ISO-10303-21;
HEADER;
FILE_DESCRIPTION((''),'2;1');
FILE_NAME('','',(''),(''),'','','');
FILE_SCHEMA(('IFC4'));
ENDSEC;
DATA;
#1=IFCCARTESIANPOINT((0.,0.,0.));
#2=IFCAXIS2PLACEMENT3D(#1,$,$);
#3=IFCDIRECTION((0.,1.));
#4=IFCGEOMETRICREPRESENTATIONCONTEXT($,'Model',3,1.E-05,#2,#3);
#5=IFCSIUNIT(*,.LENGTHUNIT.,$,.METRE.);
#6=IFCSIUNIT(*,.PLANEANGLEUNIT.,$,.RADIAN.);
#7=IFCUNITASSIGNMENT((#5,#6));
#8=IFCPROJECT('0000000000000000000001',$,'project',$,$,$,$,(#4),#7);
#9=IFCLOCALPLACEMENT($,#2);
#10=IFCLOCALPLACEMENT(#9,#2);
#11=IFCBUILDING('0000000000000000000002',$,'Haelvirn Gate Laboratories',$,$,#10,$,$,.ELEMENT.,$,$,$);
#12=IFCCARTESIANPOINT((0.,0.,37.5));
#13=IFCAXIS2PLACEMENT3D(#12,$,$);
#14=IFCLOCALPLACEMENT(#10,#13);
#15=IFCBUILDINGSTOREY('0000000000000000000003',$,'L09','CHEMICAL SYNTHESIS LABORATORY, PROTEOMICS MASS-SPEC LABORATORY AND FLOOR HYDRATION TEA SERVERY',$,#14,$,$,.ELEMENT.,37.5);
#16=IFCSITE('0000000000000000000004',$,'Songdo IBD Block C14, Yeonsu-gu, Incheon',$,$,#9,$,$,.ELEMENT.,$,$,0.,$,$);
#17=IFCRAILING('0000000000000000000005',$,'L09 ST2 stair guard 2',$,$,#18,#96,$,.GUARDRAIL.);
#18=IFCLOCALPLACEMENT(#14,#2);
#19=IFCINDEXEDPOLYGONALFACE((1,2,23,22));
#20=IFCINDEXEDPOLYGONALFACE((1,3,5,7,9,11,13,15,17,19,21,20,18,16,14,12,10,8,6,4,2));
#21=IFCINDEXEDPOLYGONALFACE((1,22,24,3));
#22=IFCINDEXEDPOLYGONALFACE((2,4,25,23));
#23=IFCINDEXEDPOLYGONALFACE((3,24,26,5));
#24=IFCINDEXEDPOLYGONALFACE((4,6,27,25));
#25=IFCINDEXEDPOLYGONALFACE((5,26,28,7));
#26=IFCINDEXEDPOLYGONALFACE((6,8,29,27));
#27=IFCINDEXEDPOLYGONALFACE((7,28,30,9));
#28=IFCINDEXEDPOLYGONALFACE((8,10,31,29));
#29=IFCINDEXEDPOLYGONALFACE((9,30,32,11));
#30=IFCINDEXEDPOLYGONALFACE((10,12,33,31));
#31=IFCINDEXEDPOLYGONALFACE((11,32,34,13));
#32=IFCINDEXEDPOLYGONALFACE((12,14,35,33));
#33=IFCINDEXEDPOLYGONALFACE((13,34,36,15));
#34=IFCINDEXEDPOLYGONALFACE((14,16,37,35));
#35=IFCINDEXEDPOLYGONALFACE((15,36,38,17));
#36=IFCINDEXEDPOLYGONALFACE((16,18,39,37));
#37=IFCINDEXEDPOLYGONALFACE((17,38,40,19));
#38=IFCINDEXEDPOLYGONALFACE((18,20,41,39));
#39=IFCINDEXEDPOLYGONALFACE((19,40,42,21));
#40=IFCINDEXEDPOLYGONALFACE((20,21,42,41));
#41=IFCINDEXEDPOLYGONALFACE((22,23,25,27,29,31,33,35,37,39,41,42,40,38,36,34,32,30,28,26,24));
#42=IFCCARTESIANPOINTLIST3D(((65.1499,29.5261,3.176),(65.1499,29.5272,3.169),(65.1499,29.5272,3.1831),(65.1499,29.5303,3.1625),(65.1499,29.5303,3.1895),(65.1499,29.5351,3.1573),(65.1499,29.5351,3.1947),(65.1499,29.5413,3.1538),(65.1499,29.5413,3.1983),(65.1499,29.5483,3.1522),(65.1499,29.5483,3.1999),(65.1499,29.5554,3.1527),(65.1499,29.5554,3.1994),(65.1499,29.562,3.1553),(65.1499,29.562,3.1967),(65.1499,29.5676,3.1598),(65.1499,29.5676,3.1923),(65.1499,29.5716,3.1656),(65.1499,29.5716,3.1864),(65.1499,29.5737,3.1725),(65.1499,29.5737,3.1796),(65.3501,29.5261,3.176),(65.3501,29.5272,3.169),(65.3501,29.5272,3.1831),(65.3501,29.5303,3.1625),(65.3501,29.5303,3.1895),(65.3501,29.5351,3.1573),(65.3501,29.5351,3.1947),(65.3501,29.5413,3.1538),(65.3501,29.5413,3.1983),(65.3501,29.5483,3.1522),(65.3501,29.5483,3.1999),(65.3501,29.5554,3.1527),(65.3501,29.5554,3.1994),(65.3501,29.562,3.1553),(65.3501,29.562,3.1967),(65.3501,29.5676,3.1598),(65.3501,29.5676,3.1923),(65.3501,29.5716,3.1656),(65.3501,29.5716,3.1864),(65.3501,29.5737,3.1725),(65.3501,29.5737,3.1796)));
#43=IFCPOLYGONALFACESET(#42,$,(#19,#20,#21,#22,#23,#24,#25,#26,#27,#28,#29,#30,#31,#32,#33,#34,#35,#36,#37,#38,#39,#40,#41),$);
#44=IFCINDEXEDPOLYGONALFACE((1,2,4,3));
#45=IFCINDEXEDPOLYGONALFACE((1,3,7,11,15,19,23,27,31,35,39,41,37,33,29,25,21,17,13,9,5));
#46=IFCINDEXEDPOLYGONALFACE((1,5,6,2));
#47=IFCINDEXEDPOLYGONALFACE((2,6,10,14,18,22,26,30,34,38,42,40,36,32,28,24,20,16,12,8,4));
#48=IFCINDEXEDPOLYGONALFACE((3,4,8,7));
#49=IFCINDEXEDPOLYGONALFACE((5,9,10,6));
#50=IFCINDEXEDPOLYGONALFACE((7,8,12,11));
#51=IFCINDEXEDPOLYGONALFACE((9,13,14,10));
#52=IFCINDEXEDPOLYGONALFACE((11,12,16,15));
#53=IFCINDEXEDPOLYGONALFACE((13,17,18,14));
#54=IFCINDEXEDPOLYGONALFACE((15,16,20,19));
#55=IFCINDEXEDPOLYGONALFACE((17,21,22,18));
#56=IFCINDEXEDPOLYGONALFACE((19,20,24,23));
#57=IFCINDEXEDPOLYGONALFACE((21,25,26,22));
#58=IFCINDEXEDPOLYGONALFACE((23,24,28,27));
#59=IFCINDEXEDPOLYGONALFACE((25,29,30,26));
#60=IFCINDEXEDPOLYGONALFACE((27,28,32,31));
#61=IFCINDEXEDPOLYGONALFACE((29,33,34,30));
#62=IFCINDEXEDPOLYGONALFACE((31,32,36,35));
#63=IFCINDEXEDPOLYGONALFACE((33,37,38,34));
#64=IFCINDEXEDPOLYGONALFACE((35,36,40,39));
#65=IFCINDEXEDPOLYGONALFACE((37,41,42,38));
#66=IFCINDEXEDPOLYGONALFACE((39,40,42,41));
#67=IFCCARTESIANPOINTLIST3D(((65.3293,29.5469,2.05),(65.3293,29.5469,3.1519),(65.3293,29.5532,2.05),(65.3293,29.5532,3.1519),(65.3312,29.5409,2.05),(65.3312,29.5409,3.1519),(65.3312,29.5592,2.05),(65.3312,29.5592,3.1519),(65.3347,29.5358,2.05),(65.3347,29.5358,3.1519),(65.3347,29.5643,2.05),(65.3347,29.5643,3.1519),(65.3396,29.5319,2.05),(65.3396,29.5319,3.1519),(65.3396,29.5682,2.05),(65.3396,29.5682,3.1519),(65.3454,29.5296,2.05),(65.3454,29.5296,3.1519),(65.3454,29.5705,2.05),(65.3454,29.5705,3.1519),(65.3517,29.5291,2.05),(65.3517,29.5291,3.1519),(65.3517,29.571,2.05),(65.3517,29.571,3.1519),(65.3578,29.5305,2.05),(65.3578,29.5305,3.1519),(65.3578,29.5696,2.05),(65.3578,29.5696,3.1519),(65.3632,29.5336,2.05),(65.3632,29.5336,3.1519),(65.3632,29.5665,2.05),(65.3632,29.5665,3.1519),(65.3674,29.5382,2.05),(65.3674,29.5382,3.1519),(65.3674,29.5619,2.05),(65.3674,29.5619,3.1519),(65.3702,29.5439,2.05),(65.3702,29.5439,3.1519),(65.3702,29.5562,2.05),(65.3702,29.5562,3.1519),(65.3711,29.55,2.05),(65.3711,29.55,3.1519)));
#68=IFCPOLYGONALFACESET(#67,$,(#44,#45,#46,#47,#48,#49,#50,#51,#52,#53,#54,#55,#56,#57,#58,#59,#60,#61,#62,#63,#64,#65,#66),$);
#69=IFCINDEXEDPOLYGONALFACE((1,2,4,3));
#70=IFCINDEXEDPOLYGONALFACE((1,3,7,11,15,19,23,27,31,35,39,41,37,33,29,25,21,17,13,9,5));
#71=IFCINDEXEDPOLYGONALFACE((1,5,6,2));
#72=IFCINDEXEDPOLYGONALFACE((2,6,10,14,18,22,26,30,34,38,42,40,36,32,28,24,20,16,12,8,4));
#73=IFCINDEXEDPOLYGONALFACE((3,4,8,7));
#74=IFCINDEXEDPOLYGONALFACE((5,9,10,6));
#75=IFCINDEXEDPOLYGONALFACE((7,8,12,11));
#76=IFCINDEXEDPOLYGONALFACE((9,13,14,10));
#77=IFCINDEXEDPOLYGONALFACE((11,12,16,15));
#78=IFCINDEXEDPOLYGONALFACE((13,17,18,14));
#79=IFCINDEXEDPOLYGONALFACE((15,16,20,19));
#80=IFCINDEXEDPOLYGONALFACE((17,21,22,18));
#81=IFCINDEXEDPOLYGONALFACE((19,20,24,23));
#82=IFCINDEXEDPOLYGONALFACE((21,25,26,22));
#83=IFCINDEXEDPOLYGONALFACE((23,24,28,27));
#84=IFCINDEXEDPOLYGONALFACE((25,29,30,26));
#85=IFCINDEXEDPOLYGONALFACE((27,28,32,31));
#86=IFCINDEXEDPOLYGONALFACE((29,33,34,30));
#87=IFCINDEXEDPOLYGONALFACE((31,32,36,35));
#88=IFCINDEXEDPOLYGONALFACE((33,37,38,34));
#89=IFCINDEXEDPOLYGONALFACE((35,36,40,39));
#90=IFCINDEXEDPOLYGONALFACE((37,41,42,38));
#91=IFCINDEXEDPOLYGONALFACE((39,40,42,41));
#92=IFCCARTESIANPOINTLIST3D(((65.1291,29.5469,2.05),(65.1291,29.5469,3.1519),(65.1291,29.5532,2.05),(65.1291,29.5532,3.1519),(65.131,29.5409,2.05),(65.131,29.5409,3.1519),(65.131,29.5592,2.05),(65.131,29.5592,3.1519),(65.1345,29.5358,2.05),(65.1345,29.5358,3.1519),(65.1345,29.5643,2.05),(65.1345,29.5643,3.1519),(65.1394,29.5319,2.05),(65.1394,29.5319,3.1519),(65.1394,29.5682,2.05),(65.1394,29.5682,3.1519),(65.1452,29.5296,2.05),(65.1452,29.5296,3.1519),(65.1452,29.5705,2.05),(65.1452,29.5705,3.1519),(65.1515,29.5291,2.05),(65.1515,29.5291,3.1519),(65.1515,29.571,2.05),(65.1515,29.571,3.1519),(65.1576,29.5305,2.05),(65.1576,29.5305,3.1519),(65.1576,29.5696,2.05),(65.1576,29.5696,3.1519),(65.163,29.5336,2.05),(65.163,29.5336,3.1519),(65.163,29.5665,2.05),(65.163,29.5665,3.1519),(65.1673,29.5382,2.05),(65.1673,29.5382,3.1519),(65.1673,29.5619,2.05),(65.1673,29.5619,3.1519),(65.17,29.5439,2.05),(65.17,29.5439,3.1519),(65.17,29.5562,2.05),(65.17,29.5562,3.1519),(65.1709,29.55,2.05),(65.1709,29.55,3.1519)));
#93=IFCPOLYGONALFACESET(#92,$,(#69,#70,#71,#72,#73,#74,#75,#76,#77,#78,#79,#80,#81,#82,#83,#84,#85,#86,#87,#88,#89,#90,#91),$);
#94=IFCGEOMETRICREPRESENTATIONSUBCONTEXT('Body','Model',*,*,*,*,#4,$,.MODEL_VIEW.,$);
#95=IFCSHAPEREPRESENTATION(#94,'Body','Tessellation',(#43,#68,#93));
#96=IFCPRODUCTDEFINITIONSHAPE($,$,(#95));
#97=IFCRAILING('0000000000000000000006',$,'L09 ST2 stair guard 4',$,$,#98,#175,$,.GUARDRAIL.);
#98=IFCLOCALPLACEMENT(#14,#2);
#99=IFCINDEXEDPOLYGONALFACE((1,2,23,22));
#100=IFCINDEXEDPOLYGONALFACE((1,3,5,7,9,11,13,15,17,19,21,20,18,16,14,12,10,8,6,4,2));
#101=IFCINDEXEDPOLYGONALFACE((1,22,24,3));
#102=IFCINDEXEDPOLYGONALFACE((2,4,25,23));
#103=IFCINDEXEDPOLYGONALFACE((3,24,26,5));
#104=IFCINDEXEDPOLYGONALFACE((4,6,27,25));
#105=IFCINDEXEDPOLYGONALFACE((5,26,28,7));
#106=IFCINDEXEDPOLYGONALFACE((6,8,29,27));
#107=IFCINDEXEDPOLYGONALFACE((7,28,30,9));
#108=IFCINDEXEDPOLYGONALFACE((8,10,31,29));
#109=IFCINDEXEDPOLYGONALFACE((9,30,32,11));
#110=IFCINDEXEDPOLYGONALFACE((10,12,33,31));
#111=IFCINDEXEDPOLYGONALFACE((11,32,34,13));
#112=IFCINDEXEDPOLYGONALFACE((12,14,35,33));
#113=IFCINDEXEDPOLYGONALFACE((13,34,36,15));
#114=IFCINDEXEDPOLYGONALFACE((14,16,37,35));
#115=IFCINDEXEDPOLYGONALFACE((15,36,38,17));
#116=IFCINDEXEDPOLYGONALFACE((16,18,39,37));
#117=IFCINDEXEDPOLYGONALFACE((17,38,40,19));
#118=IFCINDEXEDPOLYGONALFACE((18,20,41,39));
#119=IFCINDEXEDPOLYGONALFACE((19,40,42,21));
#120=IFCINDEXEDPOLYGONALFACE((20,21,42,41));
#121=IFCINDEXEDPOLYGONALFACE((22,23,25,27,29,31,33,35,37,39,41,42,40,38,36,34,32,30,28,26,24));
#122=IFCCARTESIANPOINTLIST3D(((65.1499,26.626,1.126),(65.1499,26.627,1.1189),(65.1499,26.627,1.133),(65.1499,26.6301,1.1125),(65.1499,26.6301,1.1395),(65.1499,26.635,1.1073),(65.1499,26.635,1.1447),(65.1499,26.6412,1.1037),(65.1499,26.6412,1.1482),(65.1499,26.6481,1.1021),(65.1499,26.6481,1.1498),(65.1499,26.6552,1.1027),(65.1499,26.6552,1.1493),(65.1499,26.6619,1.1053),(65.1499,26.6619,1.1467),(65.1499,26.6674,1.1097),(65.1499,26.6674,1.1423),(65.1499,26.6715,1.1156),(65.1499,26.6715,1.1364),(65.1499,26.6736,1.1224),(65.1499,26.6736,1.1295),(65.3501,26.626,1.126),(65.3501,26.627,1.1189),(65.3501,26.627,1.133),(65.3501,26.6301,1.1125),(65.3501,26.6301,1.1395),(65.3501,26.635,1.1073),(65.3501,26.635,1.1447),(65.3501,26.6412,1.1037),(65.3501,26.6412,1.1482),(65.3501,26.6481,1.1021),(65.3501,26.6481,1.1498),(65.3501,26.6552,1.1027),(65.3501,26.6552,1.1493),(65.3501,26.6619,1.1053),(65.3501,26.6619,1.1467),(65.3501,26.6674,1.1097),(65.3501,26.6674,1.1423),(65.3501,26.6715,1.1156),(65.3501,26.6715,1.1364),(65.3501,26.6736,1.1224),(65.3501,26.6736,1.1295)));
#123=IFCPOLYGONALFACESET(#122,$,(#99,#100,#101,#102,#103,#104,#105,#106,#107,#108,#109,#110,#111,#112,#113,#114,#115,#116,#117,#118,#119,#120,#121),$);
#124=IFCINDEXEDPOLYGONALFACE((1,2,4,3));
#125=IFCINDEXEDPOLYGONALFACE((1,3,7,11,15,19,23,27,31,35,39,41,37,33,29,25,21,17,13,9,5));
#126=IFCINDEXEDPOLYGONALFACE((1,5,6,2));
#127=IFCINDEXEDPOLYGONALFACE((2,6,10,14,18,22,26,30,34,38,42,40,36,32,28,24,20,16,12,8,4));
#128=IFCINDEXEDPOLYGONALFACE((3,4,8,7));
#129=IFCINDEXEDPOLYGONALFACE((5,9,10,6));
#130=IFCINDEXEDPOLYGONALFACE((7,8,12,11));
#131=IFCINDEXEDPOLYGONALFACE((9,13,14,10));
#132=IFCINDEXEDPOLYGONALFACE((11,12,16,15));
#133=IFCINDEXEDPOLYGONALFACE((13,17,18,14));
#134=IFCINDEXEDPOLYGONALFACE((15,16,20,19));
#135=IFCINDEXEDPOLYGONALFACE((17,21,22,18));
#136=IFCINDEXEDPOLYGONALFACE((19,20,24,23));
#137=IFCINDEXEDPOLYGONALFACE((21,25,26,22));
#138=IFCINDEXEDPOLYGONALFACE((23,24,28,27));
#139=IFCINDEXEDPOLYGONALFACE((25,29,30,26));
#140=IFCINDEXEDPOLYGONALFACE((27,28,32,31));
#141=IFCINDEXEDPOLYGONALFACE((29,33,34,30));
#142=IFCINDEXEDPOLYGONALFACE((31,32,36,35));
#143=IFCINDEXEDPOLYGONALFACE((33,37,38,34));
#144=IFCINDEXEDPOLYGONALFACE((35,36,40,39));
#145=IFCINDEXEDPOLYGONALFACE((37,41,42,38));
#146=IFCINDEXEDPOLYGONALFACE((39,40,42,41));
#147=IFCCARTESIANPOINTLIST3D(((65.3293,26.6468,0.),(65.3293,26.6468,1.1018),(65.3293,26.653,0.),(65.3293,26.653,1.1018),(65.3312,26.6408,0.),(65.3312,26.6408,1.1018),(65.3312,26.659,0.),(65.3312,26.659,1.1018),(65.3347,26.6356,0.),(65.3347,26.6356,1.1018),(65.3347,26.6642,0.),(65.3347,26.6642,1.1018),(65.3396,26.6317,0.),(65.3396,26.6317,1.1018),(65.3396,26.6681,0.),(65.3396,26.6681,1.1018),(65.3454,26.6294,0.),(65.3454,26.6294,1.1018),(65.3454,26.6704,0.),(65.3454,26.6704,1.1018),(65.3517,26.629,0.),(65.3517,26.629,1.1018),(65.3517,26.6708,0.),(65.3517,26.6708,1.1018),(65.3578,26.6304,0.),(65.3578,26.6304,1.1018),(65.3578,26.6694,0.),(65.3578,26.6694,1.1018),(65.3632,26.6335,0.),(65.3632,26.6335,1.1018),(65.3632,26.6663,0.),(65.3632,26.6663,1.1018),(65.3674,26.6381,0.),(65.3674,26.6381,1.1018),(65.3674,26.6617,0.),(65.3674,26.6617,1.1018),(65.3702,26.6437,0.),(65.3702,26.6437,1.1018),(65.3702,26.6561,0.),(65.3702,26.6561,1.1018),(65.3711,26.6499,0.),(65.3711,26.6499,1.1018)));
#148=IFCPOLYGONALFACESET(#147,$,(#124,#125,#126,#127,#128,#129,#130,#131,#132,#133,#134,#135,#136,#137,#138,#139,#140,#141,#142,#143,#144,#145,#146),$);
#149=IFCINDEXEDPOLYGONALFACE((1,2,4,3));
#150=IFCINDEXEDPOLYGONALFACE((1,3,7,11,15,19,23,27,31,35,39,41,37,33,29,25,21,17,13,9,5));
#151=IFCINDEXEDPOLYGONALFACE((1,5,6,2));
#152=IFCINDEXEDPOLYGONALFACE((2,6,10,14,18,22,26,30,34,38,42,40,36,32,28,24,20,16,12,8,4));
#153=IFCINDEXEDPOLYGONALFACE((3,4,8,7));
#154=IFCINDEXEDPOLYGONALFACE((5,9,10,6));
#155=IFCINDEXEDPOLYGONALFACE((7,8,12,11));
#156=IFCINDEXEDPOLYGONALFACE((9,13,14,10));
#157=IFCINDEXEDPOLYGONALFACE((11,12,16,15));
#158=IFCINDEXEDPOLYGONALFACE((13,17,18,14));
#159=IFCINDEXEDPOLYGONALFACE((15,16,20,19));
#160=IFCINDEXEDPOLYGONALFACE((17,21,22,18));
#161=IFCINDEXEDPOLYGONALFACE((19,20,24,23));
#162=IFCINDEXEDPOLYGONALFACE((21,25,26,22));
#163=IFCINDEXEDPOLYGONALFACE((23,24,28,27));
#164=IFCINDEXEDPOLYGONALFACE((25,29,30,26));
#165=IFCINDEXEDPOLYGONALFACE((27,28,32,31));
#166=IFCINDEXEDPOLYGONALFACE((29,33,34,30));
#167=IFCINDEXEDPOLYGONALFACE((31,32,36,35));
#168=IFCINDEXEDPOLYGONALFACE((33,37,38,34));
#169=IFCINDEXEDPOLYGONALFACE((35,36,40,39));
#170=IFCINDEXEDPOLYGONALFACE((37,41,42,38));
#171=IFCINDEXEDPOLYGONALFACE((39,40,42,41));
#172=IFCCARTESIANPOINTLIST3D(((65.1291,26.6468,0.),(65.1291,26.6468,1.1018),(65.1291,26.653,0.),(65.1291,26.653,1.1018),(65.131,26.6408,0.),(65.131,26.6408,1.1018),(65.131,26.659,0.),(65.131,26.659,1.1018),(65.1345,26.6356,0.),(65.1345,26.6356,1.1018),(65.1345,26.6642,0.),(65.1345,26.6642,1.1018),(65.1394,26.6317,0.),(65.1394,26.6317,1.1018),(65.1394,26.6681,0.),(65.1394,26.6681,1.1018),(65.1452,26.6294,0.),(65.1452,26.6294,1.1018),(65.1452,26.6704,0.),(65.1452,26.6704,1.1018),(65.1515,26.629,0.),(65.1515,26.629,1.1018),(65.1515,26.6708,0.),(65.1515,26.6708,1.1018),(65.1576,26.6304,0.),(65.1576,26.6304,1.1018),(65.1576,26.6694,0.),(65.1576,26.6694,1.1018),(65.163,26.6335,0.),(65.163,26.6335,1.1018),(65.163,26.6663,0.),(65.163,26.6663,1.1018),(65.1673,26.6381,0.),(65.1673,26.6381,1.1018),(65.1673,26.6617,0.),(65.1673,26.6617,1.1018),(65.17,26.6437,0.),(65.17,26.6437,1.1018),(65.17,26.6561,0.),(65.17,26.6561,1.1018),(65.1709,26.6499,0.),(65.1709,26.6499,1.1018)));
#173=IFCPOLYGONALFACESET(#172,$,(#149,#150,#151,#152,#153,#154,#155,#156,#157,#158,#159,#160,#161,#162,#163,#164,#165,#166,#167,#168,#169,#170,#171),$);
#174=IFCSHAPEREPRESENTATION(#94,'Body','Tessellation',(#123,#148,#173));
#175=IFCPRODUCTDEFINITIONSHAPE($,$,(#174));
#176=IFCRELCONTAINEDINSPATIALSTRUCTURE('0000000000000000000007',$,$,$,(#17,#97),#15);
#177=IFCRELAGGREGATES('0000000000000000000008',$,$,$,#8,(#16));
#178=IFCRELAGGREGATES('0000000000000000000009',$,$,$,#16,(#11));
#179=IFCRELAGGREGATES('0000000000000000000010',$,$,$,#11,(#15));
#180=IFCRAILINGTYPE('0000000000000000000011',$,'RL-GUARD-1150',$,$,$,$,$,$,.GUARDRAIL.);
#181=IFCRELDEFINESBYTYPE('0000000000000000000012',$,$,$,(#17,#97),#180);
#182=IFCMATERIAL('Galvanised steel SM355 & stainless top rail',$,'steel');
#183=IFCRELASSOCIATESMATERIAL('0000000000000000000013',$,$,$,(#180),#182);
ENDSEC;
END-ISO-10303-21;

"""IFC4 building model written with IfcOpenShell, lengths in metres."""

from ifc_helpers import new_model, si_unit, direction, frame, origin, origin_2d, place, context, subcontext, project, spatial, circle, extrude, source, transform, mapped, material, type_object, element, save


model = new_model("IFC4")

# Units and contexts
model_context = context("Model", 3, precision=1e-05, world=origin(), true_north=direction((0.0, 1.0)))
body_context = subcontext(model_context, "Body", "Model", "MODEL_VIEW")
ifc_project = project(units=[si_unit("LENGTHUNIT", "METRE"), si_unit("PLANEANGLEUNIT", "RADIAN")], contexts=[model_context])

# Site, building, storey
site_placement = place(None, origin())
site = spatial("IfcSite", under=ifc_project, at=site_placement, Name="Songdo IBD Block C14, Yeonsu-gu, Incheon", CompositionType="ELEMENT", RefElevation=0.0)
building_placement = place(site_placement, origin())
building = spatial("IfcBuilding", under=site, at=building_placement, Name="Haelvirn Gate Laboratories", CompositionType="ELEMENT")
storey_placement = place(building_placement, frame((0.0, 0.0, 37.5)))
storey = spatial("IfcBuildingStorey", under=building, at=storey_placement, Name="L09", Description="CHEMICAL SYNTHESIS LABORATORY, PROTEOMICS MASS-SPEC LABORATORY AND FLOOR HYDRATION TEA SERVERY", CompositionType="ELEMENT", Elevation=37.5)

# Railings
ifc_material_1 = material(Name="Galvanised steel SM355 & stainless top rail", Category="steel")
railing_type_1 = type_object("IfcRailingType", Name="RL-GUARD-1150", PredefinedType="GUARDRAIL", material=ifc_material_1)
shared_shape_1 = source(origin(), body_context, "Body", "SweptSolid", [
    extrude(circle(Radius=0.0239, at=origin_2d()), frame((0.0, 0.0, 1.126), z_axis=(-1.0, 0.0, 0.0), x_axis=(0.0, -1.0, 0.0)), (0.0, 0.0, 1.0), 0.2002),
    extrude(circle(Radius=0.021, at=origin_2d()), origin(), (0.0, 0.0, 1.0), 1.1018),
    extrude(circle(Radius=0.021, at=origin_2d()), frame((-0.2002, 0.0, 0.0)), (0.0, 0.0, 1.0), 1.1018),
])
for number, where, name in (
    (1, (65.3501, 29.55, 2.05), "L09 ST2 stair guard 2"),
    (2, (65.3501, 26.6499, 0.0), "L09 ST2 stair guard 4"),
):
    element("IfcRailing", number, at=place(storey_placement, frame(where)), inside=storey, type_object=railing_type_1, Name=name, PredefinedType="GUARDRAIL", context=body_context, shape_type="MappedRepresentation", body=[
        mapped(shared_shape_1, transform((0.0, 0.0, 0.0), scale=1.0)),
    ])

save(model, "model.ifc")
